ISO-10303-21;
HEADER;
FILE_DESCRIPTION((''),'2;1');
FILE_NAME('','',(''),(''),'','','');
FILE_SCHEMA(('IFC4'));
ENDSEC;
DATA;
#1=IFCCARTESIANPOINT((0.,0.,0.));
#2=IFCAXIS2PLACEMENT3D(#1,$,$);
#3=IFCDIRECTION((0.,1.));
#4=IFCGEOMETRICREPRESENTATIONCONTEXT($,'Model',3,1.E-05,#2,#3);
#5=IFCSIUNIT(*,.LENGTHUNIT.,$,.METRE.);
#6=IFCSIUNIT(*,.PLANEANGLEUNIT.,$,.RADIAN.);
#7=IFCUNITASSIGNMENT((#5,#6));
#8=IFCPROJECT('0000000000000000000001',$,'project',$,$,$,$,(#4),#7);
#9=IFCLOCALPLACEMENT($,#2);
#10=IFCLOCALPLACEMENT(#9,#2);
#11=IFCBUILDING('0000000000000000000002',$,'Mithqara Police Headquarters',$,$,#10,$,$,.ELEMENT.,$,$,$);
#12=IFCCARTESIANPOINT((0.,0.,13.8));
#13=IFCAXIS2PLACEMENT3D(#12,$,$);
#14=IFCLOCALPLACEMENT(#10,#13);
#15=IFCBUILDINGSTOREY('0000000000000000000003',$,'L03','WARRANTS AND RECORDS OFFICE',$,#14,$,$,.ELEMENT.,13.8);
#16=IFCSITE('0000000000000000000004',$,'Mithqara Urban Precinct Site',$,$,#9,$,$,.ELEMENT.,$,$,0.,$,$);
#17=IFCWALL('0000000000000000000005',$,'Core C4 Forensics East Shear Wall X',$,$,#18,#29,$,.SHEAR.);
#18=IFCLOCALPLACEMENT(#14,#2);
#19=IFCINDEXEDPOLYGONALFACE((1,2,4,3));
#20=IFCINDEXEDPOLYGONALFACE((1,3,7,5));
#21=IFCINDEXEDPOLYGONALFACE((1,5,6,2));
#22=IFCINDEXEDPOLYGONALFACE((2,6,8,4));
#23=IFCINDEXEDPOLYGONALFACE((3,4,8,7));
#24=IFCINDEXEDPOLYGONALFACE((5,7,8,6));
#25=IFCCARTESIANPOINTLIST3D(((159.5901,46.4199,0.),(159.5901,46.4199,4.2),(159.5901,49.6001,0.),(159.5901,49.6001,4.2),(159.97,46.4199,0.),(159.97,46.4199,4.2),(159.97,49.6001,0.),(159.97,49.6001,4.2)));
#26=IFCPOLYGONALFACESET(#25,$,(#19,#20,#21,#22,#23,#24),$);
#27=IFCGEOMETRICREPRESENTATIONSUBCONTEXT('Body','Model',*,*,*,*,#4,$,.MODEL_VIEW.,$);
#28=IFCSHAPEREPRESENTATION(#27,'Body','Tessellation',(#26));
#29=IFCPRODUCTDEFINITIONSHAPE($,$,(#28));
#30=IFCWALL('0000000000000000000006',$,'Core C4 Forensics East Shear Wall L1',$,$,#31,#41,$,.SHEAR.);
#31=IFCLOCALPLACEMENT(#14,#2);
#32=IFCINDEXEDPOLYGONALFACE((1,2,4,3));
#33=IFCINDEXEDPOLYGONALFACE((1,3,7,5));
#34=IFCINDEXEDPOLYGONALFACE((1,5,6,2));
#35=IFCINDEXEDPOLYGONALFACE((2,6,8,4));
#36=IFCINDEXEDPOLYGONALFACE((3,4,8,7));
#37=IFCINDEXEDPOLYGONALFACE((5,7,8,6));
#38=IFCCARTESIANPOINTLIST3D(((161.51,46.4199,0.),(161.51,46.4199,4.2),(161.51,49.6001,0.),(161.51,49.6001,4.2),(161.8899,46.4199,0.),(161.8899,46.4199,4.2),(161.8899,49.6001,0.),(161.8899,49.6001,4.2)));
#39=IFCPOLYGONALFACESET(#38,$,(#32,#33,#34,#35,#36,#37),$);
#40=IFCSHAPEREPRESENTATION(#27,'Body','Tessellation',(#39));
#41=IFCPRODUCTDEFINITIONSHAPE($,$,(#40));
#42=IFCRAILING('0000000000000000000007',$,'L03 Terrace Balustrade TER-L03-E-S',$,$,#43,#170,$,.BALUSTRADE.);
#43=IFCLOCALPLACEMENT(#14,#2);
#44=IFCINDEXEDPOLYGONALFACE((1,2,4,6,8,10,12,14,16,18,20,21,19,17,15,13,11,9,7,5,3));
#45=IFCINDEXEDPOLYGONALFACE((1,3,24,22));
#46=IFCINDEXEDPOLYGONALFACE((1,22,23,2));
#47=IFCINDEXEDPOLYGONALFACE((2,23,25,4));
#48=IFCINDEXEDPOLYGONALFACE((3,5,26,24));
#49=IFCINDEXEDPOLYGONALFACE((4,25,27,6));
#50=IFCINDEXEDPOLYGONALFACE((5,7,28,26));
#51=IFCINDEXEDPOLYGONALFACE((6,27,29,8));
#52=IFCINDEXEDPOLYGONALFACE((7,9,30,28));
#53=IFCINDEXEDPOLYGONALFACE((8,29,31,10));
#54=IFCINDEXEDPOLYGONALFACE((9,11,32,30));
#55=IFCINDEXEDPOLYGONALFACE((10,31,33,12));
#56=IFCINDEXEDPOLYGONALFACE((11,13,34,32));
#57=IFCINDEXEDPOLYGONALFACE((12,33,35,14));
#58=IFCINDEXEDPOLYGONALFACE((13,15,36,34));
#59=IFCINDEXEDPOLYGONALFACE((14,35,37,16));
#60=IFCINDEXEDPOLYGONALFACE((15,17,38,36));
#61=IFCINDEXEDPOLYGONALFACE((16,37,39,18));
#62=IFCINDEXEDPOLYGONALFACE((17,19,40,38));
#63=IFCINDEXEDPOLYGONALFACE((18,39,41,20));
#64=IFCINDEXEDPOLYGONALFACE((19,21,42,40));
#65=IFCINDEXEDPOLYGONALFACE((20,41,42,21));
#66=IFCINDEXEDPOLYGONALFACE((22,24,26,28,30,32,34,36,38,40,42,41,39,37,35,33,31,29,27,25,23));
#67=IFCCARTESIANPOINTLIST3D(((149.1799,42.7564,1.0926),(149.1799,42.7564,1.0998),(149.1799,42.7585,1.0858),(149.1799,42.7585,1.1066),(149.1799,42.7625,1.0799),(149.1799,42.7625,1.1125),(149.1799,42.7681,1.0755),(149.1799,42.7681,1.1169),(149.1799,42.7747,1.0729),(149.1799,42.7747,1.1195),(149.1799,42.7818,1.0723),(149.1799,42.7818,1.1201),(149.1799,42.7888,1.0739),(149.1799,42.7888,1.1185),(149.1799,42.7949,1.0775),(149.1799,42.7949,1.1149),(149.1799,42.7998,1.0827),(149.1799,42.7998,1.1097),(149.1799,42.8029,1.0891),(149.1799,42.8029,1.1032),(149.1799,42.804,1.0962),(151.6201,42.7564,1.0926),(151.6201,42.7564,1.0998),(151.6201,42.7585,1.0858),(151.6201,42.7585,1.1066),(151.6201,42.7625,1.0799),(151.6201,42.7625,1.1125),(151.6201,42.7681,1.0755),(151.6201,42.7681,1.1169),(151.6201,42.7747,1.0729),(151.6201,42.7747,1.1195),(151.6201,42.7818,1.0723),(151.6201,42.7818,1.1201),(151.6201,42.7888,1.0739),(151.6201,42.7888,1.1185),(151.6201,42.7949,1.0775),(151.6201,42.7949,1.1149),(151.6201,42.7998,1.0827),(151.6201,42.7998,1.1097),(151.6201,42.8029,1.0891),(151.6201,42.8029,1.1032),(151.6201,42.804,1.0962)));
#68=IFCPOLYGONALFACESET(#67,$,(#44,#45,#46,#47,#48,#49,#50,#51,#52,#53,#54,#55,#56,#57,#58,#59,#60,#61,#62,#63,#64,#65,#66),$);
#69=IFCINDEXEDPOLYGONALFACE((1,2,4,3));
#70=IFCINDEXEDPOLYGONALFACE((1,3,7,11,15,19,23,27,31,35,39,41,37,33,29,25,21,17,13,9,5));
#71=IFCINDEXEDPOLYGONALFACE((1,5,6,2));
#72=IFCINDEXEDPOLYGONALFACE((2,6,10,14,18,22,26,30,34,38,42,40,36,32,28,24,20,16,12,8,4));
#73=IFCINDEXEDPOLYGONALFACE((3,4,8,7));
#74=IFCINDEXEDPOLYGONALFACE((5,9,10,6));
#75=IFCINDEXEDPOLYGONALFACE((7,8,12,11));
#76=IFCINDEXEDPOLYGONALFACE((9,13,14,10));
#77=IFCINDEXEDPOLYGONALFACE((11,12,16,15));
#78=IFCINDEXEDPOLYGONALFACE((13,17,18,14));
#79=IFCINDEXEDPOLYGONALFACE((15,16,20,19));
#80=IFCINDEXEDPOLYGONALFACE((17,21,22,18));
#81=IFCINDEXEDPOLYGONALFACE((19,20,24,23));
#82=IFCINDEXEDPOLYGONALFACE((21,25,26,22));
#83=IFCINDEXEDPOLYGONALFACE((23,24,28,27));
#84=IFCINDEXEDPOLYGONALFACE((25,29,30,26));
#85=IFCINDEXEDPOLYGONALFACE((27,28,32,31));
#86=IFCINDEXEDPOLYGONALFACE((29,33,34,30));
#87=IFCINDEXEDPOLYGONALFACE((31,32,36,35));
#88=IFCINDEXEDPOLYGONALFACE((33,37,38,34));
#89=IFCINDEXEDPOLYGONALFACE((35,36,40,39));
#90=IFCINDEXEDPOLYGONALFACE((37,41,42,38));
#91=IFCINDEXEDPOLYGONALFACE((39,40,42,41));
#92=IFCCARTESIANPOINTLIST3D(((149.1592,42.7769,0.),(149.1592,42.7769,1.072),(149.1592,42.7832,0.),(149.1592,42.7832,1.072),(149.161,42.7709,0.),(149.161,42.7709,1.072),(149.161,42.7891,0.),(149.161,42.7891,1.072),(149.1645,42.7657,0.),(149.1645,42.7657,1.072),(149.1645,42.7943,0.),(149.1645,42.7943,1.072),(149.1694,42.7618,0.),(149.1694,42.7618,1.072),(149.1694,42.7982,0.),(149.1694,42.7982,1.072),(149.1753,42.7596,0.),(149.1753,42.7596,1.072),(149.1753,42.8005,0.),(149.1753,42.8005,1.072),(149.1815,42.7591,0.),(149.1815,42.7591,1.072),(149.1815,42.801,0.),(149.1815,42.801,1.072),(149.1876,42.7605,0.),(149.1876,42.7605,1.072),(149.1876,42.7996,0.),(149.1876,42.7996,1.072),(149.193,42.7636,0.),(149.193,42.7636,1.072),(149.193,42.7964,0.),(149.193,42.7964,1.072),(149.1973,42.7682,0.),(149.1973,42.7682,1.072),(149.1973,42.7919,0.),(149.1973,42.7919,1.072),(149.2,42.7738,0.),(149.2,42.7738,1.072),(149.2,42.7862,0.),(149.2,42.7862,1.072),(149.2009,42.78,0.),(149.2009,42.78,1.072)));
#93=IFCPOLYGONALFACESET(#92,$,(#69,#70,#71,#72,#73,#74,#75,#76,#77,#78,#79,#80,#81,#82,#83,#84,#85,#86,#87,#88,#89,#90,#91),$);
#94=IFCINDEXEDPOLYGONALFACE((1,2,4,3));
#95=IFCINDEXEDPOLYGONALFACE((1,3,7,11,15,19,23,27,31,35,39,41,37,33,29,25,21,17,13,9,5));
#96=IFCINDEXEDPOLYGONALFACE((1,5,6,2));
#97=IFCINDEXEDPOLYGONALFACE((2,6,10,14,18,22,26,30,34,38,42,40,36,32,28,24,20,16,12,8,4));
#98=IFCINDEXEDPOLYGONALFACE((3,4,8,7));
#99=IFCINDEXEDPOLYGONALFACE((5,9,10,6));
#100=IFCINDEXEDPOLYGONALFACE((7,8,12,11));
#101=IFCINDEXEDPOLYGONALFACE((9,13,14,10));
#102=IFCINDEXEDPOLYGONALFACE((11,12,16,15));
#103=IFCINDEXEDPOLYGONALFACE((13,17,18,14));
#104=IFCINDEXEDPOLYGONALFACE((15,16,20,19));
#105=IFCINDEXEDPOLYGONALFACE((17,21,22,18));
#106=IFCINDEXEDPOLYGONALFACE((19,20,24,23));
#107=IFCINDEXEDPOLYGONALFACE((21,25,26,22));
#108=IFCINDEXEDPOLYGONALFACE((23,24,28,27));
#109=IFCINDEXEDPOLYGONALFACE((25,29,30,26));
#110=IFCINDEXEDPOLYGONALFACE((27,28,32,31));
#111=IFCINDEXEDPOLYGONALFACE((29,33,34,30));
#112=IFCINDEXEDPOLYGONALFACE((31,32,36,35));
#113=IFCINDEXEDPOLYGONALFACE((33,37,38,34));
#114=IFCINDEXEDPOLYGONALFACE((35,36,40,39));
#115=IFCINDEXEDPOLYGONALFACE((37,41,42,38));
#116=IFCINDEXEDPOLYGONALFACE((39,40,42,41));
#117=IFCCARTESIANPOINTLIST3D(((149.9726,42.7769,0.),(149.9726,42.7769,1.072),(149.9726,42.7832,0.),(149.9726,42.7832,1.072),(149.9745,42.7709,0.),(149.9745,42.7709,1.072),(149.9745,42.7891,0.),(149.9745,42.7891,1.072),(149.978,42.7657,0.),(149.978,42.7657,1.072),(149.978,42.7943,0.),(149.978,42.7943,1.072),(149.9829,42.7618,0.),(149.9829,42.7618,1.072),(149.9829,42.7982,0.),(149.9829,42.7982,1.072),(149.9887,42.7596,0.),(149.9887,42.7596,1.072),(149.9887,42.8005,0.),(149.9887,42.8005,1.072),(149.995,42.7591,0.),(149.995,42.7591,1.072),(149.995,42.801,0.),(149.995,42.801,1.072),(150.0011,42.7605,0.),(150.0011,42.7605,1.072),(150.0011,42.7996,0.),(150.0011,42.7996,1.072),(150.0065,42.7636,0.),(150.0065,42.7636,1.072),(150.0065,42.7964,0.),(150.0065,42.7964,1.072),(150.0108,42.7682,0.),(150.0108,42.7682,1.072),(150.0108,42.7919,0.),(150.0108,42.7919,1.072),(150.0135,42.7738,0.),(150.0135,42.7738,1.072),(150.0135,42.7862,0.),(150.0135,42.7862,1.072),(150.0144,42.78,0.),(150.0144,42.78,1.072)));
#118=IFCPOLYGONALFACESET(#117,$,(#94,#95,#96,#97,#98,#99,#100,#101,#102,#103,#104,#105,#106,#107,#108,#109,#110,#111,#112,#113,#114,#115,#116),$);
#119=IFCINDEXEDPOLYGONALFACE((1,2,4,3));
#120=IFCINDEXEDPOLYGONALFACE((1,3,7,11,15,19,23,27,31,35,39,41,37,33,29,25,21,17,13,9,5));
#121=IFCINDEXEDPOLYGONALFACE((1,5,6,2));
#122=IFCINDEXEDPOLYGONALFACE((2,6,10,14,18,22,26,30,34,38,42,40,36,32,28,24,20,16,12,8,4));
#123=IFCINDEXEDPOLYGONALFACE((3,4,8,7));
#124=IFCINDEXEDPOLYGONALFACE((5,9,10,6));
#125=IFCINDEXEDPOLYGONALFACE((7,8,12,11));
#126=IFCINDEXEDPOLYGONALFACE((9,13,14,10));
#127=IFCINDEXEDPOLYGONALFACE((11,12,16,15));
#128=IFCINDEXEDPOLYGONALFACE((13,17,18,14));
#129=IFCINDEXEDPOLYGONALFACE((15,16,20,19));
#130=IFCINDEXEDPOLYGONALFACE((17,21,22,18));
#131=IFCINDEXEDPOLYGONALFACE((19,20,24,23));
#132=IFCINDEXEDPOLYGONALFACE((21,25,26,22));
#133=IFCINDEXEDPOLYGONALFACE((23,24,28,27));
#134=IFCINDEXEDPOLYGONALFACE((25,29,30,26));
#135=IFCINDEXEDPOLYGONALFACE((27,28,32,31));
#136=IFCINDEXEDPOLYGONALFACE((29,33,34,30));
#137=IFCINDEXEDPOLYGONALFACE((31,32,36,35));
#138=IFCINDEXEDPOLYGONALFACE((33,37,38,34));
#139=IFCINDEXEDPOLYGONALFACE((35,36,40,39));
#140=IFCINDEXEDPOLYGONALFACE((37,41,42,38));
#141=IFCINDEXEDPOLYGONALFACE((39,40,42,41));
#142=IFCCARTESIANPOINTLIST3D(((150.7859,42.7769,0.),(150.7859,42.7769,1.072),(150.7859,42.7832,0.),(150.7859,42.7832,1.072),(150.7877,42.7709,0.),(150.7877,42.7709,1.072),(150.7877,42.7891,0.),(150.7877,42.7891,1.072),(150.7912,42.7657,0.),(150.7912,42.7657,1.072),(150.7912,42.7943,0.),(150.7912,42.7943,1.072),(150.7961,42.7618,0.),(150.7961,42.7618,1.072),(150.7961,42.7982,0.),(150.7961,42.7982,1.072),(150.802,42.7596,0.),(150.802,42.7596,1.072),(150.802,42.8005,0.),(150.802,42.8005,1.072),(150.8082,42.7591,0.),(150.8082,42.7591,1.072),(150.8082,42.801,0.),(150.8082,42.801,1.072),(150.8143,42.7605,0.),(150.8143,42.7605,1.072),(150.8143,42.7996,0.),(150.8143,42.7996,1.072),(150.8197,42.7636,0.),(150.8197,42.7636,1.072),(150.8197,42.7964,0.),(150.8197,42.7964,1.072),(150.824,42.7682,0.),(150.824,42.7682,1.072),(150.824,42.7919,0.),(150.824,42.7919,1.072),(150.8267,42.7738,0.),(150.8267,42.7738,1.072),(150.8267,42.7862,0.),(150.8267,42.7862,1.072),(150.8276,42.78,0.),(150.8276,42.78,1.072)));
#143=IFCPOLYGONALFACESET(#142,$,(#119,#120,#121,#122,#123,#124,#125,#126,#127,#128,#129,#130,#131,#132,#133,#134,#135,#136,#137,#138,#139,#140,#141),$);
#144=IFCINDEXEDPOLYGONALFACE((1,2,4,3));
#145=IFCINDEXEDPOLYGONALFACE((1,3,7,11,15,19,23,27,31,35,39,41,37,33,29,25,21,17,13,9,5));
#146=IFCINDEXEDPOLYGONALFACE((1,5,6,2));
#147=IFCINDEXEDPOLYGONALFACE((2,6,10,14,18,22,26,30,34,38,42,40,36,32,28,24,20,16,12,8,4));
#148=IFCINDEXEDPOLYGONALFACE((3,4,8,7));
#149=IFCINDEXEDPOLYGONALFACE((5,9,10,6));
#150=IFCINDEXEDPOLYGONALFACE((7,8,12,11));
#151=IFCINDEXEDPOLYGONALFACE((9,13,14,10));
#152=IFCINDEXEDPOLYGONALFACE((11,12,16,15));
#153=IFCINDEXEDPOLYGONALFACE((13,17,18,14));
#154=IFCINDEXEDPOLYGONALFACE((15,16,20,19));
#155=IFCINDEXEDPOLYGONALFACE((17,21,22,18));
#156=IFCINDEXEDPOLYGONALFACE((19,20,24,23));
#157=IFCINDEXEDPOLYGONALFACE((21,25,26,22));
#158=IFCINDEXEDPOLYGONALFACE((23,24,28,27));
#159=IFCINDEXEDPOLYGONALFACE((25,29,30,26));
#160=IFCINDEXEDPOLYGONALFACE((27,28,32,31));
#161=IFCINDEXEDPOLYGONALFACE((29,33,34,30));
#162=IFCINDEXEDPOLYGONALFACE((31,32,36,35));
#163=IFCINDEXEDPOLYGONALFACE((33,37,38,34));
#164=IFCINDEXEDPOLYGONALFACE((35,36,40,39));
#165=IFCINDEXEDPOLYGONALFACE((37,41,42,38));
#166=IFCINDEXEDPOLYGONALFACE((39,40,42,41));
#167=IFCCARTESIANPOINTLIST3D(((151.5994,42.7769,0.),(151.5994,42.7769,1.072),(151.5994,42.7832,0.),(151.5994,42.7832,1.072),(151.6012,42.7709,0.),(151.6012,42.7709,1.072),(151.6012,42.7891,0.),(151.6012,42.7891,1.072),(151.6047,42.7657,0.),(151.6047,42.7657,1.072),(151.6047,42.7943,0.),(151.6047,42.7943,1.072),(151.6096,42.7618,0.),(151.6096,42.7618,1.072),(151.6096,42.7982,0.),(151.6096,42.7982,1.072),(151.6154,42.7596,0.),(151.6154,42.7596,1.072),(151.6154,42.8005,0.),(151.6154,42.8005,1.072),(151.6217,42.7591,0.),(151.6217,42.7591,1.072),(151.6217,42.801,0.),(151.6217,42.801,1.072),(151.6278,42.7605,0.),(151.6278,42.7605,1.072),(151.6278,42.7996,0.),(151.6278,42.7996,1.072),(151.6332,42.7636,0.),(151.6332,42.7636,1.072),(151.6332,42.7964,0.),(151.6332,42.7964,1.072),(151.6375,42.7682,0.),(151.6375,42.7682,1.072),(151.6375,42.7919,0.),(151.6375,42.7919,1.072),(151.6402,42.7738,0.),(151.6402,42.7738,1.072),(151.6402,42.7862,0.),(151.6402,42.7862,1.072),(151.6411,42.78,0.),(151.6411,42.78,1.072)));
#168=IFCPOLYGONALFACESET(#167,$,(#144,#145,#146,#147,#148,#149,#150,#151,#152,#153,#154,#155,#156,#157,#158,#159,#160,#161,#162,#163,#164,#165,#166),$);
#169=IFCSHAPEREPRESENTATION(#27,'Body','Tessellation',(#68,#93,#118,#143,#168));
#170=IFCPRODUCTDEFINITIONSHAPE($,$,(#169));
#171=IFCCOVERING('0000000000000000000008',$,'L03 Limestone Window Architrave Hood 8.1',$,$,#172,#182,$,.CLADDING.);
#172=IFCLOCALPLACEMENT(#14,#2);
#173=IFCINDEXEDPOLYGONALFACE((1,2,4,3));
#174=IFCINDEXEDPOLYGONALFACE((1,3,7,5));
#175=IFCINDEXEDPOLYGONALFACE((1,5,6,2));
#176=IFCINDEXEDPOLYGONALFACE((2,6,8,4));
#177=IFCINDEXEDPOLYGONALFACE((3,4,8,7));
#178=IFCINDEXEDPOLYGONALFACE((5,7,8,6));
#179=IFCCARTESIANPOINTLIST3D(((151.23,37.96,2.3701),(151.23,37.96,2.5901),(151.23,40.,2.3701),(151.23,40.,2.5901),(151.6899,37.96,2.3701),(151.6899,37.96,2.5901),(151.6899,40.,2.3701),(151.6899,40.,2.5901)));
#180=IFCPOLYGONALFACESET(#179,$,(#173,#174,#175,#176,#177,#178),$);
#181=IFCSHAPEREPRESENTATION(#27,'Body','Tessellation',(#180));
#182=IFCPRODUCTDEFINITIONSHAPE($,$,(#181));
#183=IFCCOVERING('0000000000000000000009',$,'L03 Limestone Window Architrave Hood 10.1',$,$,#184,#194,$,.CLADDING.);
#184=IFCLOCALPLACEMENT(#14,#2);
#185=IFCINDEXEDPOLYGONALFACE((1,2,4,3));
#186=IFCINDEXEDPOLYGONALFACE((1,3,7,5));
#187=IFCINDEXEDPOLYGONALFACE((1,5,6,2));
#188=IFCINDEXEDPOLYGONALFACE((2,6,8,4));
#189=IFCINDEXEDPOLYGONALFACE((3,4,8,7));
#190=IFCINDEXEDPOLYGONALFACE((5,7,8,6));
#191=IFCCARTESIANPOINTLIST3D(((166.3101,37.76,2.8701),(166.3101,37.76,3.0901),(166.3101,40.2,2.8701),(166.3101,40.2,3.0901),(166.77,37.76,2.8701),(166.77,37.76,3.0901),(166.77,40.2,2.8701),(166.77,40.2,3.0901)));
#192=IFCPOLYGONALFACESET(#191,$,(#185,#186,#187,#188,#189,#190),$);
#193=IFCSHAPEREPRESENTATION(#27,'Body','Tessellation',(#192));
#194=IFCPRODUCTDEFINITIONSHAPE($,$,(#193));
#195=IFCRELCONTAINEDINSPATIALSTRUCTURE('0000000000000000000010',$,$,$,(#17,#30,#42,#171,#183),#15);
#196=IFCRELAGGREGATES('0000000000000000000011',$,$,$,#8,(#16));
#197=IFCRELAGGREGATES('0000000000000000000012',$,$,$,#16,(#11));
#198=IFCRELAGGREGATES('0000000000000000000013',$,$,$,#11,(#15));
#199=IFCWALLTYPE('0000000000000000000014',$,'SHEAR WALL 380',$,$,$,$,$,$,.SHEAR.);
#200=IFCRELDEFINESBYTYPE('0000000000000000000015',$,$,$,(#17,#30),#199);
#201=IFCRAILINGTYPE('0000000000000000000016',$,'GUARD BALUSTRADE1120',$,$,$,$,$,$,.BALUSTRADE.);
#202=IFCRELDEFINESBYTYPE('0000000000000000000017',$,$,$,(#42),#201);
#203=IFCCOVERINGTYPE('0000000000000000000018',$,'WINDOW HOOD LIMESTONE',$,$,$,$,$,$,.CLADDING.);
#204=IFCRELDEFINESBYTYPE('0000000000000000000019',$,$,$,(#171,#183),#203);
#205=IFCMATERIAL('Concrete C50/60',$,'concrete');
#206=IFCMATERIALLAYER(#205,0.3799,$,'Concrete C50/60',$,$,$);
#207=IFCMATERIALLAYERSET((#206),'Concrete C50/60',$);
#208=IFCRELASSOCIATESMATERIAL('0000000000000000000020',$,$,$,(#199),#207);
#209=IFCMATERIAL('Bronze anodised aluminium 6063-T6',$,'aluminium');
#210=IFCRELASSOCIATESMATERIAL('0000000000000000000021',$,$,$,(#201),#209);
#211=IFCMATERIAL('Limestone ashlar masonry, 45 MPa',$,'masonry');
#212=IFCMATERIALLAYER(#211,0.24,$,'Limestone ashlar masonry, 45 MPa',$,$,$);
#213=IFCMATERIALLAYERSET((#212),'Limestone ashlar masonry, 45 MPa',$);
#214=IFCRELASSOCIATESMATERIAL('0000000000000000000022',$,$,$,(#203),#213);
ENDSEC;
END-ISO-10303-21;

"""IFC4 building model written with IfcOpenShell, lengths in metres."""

from ifc_helpers import new_model, si_unit, direction, frame, frame_2d, origin, origin_2d, place, context, subcontext, project, spatial, rectangle, circle, extrude, material, layer, layer_set, type_object, element, save


model = new_model("IFC4")

# Units and contexts
model_context = context("Model", 3, precision=1e-05, world=origin(), true_north=direction((0.0, 1.0)))
body_context = subcontext(model_context, "Body", "Model", "MODEL_VIEW")
ifc_project = project(units=[si_unit("LENGTHUNIT", "METRE"), si_unit("PLANEANGLEUNIT", "RADIAN")], contexts=[model_context])

# Site, building, storey
site_placement = place(None, origin())
site = spatial("IfcSite", under=ifc_project, at=site_placement, Name="Mithqara Urban Precinct Site", CompositionType="ELEMENT", RefElevation=0.0)
building_placement = place(site_placement, origin())
building = spatial("IfcBuilding", under=site, at=building_placement, Name="Mithqara Police Headquarters", CompositionType="ELEMENT")
storey_placement = place(building_placement, frame((0.0, 0.0, 13.8)))
storey = spatial("IfcBuildingStorey", under=building, at=storey_placement, Name="L03", Description="WARRANTS AND RECORDS OFFICE", CompositionType="ELEMENT", Elevation=13.8)

# Shared definitions
ifc_material_1 = material(Name="Limestone ashlar masonry, 45 MPa", Category="masonry")

# Shared definitions
ifc_material_2 = material(Name="Concrete C50/60", Category="concrete")
ifc_layer_1 = layer(ifc_material_2, 0.3799, Name="Concrete C50/60")
ifc_layer_set_1 = layer_set([ifc_layer_1], Name="Concrete C50/60")
wall_type_1 = type_object("IfcWallType", Name="SHEAR WALL 380", PredefinedType="SHEAR", material=ifc_layer_set_1)

# Walls
for number, where, z_axis, x_axis, name in (
    (1, (159.78, 46.4199, 0.0), (0.0, 0.0, 1.0), (0.0, 1.0, 0.0), "Core C4 Forensics East Shear Wall X"),
    (2, (161.7, 46.4199, 0.0), (0.0, 0.0, 1.0), (0.0, 1.0, 0.0), "Core C4 Forensics East Shear Wall L1"),
):
    element("IfcWall", number, at=place(storey_placement, frame(where, z_axis=z_axis, x_axis=x_axis)), inside=storey, type_object=wall_type_1, Name=name, PredefinedType="SHEAR", context=body_context, shape_type="SweptSolid", body=[
        extrude(rectangle(XDim=3.1802, YDim=0.3799, at=frame_2d((1.5901, 0.0))), origin(), (0.0, 0.0, 1.0), 4.2),
    ])

# Railing
ifc_material_3 = material(Name="Bronze anodised aluminium 6063-T6", Category="aluminium")
railing_type = type_object("IfcRailingType", Name="GUARD BALUSTRADE1120", PredefinedType="BALUSTRADE", material=ifc_material_3)
railing_1_placement = place(storey_placement, frame((149.1799, 42.78, 0.0)))
element("IfcRailing", 3, at=railing_1_placement, inside=storey, type_object=railing_type, Name="L03 Terrace Balustrade TER-L03-E-S", PredefinedType="BALUSTRADE", context=body_context, shape_type="SweptSolid", body=[
    extrude(circle(Radius=0.0239, at=origin_2d()), frame((0.0, 0.0, 1.0962), z_axis=(1.0, 0.0, 0.0), x_axis=(0.0, 1.0, 0.0)), (0.0, 0.0, 1.0), 2.4402),
    extrude(circle(Radius=0.021, at=origin_2d()), origin(), (0.0, 0.0, 1.0), 1.072),
    extrude(circle(Radius=0.021, at=origin_2d()), frame((0.8135, 0.0, 0.0)), (0.0, 0.0, 1.0), 1.072),
    extrude(circle(Radius=0.021, at=origin_2d()), frame((1.6267, 0.0, 0.0)), (0.0, 0.0, 1.0), 1.072),
    extrude(circle(Radius=0.021, at=origin_2d()), frame((2.4402, 0.0, 0.0)), (0.0, 0.0, 1.0), 1.072),
])

# Coverings
ifc_layer_2 = layer(ifc_material_1, 0.24, Name="Limestone ashlar masonry, 45 MPa")
ifc_layer_set_2 = layer_set([ifc_layer_2], Name="Limestone ashlar masonry, 45 MPa")
covering_type = type_object("IfcCoveringType", Name="WINDOW HOOD LIMESTONE", PredefinedType="CLADDING", material=ifc_layer_set_2)
covering_1_placement = place(storey_placement, frame((151.46, 38.98, 2.3701), z_axis=(0.0, 0.0, 1.0), x_axis=(0.0, 1.0, 0.0)))
element("IfcCovering", 4, at=covering_1_placement, inside=storey, type_object=covering_type, Name="L03 Limestone Window Architrave Hood 8.1", PredefinedType="CLADDING", context=body_context, shape_type="SweptSolid", body=[
    extrude(rectangle(XDim=2.04, YDim=0.46, at=origin_2d()), origin(), (0.0, 0.0, 1.0), 0.22),
])
covering_2_placement = place(storey_placement, frame((166.54, 38.98, 2.8701), z_axis=(0.0, 0.0, 1.0), x_axis=(0.0, 1.0, 0.0)))
element("IfcCovering", 5, at=covering_2_placement, inside=storey, type_object=covering_type, Name="L03 Limestone Window Architrave Hood 10.1", PredefinedType="CLADDING", context=body_context, shape_type="SweptSolid", body=[
    extrude(rectangle(XDim=2.4399, YDim=0.46, at=origin_2d()), origin(), (0.0, 0.0, 1.0), 0.22),
])

save(model, "model.ifc")
